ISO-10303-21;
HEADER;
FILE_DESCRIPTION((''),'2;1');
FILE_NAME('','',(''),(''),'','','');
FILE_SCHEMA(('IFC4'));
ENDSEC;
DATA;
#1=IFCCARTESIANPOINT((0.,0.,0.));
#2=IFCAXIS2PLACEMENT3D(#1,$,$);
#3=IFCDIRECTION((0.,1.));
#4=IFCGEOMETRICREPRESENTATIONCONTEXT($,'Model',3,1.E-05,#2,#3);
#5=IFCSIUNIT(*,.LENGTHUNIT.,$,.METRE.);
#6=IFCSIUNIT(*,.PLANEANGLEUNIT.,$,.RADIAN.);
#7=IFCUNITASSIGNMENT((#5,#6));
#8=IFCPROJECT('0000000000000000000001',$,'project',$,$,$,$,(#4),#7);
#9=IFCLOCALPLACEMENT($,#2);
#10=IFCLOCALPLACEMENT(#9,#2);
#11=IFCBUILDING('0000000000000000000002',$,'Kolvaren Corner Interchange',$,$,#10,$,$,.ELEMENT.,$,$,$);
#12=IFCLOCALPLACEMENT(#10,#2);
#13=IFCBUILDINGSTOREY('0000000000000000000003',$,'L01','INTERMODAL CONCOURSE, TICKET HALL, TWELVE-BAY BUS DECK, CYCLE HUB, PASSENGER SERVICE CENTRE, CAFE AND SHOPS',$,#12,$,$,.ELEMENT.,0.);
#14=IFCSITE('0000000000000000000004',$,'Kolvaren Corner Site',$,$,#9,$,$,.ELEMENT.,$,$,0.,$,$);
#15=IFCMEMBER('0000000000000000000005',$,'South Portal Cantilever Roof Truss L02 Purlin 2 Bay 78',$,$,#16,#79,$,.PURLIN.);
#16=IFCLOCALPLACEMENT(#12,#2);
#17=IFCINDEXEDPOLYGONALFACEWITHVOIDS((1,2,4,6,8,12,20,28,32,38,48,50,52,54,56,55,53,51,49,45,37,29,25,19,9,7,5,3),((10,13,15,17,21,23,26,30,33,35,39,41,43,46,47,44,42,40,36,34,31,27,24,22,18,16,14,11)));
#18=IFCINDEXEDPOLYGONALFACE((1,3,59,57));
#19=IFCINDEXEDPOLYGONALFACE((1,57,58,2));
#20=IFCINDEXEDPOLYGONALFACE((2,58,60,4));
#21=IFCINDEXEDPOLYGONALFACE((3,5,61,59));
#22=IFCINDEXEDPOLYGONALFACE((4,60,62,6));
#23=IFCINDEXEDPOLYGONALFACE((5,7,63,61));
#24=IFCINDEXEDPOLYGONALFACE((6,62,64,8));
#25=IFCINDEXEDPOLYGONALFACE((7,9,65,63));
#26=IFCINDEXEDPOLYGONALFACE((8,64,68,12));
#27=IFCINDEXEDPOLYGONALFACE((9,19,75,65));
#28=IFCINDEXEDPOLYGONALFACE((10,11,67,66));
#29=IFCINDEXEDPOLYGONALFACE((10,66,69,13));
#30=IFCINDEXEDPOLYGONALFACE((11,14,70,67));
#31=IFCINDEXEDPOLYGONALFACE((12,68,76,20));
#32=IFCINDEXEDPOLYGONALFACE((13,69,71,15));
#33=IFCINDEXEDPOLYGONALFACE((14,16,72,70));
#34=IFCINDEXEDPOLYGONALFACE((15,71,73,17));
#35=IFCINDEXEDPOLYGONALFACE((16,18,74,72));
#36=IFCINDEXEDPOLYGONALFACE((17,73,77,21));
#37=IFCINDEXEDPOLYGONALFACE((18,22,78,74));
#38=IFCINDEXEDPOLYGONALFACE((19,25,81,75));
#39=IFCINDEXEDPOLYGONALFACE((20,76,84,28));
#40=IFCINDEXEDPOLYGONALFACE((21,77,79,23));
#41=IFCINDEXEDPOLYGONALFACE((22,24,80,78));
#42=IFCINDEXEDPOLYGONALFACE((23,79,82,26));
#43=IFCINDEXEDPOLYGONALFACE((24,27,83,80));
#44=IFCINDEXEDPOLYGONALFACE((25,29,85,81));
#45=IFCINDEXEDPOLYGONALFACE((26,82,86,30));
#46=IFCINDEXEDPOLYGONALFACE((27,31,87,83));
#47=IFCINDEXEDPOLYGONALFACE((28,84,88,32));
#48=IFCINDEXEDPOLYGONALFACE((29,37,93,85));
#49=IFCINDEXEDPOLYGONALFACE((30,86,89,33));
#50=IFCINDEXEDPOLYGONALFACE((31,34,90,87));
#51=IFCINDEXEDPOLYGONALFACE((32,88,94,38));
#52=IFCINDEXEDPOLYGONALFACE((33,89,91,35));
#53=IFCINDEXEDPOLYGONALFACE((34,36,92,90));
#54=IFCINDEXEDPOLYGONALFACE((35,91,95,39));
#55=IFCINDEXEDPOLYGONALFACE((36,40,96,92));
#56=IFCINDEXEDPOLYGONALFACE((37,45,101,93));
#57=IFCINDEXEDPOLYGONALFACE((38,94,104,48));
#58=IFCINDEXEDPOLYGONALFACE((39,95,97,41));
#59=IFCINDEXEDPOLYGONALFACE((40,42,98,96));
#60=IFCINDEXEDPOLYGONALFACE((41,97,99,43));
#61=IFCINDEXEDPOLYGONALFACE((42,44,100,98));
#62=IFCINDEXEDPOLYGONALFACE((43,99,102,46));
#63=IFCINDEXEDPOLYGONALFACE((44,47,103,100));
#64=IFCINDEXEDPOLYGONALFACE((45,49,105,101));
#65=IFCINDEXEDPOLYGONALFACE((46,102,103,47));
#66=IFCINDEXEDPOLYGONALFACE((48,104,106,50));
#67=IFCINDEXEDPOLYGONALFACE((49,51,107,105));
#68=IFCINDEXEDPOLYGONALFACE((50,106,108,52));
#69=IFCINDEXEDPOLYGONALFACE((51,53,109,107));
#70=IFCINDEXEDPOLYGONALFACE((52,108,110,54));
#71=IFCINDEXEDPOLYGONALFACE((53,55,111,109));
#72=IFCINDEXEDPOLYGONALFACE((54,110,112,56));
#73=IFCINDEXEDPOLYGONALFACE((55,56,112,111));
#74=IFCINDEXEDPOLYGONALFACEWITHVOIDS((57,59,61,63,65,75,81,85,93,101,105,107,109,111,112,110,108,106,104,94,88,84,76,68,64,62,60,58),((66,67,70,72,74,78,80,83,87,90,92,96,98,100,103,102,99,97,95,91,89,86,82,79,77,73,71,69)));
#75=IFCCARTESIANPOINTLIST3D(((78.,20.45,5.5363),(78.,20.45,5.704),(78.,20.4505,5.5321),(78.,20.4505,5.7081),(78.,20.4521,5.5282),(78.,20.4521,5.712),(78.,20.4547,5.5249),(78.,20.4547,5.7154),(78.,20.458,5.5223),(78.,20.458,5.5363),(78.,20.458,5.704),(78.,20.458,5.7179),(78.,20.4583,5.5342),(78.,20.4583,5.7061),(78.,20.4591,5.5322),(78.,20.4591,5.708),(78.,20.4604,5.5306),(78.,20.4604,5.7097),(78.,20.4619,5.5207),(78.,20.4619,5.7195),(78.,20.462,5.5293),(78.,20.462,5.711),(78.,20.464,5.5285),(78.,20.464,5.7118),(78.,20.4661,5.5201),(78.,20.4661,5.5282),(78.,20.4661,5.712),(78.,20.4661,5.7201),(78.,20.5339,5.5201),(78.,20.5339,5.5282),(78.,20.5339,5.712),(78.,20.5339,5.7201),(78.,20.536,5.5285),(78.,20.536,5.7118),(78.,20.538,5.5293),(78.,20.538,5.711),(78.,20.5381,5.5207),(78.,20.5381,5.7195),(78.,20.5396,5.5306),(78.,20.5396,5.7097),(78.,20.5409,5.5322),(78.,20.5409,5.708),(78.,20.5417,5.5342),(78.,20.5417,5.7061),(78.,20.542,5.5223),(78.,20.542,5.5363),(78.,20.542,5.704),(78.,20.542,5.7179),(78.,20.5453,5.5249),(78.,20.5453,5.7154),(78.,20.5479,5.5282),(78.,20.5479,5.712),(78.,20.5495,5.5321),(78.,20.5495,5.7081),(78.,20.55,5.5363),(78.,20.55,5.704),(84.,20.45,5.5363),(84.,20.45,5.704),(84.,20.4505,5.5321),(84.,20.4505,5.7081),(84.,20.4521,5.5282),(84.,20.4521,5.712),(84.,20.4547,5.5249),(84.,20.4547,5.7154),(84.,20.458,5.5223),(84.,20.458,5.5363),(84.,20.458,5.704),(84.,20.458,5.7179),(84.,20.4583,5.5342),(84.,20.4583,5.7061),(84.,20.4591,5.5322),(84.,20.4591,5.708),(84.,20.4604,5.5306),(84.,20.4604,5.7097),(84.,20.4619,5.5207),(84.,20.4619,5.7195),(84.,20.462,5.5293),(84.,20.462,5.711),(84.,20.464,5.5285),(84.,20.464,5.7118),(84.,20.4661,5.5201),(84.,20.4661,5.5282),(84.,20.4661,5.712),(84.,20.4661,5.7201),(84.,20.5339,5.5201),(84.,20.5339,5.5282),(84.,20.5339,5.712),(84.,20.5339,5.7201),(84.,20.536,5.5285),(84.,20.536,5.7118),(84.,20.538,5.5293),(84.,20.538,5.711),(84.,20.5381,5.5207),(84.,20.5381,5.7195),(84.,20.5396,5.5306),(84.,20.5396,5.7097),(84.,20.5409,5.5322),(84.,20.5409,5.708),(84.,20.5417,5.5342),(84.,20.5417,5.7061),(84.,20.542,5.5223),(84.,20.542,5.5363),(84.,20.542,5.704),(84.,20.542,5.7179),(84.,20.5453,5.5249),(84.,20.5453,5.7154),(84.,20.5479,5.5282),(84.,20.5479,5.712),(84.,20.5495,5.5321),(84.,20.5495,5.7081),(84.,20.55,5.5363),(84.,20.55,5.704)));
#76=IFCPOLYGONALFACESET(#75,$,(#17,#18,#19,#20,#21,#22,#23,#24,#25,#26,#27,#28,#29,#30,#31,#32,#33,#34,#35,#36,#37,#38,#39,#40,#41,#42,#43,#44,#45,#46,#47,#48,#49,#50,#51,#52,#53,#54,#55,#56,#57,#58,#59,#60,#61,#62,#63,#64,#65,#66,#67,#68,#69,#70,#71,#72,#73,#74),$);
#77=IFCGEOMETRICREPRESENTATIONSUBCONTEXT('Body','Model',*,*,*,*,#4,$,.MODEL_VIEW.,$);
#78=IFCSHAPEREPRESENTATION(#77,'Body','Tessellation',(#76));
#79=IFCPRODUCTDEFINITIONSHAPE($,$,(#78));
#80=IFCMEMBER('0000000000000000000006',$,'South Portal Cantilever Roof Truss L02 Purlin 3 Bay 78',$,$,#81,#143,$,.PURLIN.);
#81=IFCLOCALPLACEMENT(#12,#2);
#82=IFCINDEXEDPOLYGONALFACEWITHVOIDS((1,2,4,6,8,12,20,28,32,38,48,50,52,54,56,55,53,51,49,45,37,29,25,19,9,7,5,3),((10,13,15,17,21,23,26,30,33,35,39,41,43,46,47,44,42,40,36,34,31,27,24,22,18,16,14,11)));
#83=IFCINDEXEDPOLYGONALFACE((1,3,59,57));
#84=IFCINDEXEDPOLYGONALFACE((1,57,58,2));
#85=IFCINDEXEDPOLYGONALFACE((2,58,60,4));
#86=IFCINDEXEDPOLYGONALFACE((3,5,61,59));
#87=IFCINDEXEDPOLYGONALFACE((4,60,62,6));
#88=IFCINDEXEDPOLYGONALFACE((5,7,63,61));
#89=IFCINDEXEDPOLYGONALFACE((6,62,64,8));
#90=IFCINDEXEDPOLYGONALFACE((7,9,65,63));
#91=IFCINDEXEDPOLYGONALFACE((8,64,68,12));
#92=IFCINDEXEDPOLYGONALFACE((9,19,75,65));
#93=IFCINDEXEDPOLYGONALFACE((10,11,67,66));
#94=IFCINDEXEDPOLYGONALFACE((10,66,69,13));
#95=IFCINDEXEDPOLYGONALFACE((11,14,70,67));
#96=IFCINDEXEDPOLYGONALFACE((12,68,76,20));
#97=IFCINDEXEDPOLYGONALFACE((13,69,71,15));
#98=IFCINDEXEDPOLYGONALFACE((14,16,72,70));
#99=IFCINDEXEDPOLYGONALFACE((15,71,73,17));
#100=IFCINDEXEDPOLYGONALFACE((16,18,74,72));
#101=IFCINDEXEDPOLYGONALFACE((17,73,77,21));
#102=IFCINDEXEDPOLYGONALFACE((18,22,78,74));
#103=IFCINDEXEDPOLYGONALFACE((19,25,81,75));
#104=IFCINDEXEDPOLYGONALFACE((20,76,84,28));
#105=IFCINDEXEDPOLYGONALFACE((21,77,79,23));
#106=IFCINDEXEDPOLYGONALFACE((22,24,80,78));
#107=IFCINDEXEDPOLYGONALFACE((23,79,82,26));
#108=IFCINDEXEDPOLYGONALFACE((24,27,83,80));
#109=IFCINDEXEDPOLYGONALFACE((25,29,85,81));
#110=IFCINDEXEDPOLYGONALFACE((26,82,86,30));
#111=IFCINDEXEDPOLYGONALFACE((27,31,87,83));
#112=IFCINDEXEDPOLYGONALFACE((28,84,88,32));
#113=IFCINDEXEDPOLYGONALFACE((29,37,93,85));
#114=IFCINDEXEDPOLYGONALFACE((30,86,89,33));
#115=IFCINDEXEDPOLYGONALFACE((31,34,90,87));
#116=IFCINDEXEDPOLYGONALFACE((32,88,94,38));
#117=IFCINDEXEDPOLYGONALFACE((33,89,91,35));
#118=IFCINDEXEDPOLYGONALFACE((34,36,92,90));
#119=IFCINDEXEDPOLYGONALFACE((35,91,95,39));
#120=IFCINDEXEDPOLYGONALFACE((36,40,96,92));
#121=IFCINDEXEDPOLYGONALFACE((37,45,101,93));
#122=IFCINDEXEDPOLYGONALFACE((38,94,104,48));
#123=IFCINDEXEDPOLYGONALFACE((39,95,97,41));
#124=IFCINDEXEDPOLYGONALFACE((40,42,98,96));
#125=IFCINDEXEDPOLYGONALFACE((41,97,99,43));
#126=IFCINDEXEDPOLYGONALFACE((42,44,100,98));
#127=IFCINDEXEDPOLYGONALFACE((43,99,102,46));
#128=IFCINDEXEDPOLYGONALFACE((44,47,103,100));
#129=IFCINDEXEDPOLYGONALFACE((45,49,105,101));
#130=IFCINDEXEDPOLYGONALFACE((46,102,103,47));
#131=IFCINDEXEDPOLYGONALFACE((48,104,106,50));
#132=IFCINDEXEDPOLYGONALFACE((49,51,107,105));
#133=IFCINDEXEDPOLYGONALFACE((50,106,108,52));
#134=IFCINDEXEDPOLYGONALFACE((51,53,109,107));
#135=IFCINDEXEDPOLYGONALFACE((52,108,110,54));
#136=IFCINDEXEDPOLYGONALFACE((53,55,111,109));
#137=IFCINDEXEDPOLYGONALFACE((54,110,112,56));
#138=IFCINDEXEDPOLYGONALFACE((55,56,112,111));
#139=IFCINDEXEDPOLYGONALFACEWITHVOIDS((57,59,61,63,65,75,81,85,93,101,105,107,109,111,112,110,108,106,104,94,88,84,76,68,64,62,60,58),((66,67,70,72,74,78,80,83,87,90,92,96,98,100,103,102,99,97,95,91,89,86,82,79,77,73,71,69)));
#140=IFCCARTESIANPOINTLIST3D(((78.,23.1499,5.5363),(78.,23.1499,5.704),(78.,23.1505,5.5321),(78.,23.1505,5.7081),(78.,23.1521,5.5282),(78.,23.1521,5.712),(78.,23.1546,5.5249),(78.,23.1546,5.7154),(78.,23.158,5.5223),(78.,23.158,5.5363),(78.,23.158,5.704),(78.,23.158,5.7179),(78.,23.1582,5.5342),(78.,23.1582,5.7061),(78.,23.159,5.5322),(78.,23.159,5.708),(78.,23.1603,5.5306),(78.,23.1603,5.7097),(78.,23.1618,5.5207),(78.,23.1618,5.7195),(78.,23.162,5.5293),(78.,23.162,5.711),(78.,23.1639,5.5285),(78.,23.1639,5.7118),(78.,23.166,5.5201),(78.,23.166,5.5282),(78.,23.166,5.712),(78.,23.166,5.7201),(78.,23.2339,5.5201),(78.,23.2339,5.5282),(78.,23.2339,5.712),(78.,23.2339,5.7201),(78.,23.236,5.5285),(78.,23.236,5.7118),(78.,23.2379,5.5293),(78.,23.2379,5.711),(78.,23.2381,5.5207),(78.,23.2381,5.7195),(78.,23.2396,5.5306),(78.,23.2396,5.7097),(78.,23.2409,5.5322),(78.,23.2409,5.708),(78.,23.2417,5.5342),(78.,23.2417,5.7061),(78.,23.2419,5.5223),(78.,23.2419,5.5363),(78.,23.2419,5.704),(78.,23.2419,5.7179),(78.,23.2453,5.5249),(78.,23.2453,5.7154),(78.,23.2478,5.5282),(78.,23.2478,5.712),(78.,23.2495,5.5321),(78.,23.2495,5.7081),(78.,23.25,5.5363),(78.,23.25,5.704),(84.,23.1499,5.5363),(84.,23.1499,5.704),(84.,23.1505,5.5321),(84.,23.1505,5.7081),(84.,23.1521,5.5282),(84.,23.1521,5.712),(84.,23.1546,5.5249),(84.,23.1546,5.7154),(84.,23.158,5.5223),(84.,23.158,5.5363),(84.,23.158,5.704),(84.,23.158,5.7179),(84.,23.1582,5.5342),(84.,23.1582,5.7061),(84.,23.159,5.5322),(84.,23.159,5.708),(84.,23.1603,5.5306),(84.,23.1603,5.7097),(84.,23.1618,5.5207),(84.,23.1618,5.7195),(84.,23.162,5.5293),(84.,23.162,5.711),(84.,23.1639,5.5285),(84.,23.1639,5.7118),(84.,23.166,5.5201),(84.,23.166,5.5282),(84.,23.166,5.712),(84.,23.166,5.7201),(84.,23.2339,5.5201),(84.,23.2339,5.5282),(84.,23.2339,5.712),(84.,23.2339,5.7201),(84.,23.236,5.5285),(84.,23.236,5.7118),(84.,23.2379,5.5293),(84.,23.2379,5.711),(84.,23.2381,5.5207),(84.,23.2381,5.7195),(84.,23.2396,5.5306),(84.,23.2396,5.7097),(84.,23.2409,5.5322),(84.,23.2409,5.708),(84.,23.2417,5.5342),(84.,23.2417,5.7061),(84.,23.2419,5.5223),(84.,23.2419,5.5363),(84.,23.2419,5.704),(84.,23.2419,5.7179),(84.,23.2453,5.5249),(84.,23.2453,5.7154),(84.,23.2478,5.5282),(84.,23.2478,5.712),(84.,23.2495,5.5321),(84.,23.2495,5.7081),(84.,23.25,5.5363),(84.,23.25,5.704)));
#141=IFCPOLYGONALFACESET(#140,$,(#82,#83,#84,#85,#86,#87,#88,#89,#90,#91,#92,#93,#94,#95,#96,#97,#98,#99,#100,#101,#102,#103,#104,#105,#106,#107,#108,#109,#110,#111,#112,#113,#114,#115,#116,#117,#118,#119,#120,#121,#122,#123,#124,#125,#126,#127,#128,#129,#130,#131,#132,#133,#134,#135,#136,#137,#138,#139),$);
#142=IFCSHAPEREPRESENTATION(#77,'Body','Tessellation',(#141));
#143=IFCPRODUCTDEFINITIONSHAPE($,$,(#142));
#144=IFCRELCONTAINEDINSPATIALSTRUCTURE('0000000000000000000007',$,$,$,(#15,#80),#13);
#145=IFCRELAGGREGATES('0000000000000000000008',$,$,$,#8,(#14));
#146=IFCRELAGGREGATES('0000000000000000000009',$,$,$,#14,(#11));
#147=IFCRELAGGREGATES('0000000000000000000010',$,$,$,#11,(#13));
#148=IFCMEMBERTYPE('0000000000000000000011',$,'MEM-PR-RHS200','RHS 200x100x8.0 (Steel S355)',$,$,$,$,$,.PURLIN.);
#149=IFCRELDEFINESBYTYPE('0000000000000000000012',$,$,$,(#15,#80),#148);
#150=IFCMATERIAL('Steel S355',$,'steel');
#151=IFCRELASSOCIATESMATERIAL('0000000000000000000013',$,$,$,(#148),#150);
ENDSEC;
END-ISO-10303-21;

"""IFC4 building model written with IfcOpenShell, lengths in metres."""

from ifc_helpers import new_model, si_unit, direction, frame, origin, origin_2d, place, context, subcontext, project, spatial, hollow_rectangle, extrude, material, material_profile, profile_set, type_object, element, save


model = new_model("IFC4")

# Units and contexts
model_context = context("Model", 3, precision=1e-05, world=origin(), true_north=direction((0.0, 1.0)))
body_context = subcontext(model_context, "Body", "Model", "MODEL_VIEW")
ifc_project = project(units=[si_unit("LENGTHUNIT", "METRE"), si_unit("PLANEANGLEUNIT", "RADIAN")], contexts=[model_context])

# Site, building, storey
site_placement = place(None, origin())
site = spatial("IfcSite", under=ifc_project, at=site_placement, Name="Kolvaren Corner Site", CompositionType="ELEMENT", RefElevation=0.0)
building_placement = place(site_placement, origin())
building = spatial("IfcBuilding", under=site, at=building_placement, Name="Kolvaren Corner Interchange", CompositionType="ELEMENT")
storey_placement = place(building_placement, origin())
storey = spatial("IfcBuildingStorey", under=building, at=storey_placement, Name="L01", Description="INTERMODAL CONCOURSE, TICKET HALL, TWELVE-BAY BUS DECK, CYCLE HUB, PASSENGER SERVICE CENTRE, CAFE AND SHOPS", CompositionType="ELEMENT", Elevation=0.0)

# Members
ifc_material_1 = material(Name="Steel S355", Category="steel")
ifc_material_profile_1 = material_profile(ifc_material_1, hollow_rectangle(XDim=0.1001, YDim=0.2, WallThickness=0.0081, InnerFilletRadius=0.0081, OuterFilletRadius=0.0161, at=origin_2d()), Name="RHS 200x100x8.0")
ifc_profile_set_1 = profile_set([ifc_material_profile_1], Name="Steel S355")
member_type_1 = type_object("IfcMemberType", Name="MEM-PR-RHS200", Description="RHS 200x100x8.0 (Steel S355)", PredefinedType="PURLIN", material=ifc_profile_set_1)
for number, where, z_axis, x_axis, name in (
    (1, (78.0, 20.5, 5.6201), (1.0, 0.0, 0.0), (0.0, 1.0, 0.0), "South Portal Cantilever Roof Truss L02 Purlin 2 Bay 78"),
    (2, (78.0, 23.2, 5.6201), (1.0, 0.0, 0.0), (0.0, 1.0, 0.0), "South Portal Cantilever Roof Truss L02 Purlin 3 Bay 78"),
):
    element("IfcMember", number, at=place(storey_placement, frame(where, z_axis=z_axis, x_axis=x_axis)), inside=storey, type_object=member_type_1, Name=name, PredefinedType="PURLIN", context=body_context, shape_type="SweptSolid", body=[
        extrude(hollow_rectangle(XDim=0.1001, YDim=0.2, WallThickness=0.0081, InnerFilletRadius=0.0081, OuterFilletRadius=0.0161, at=origin_2d()), origin(), (0.0, 0.0, 1.0), 6.0),
    ])

save(model, "model.ifc")
